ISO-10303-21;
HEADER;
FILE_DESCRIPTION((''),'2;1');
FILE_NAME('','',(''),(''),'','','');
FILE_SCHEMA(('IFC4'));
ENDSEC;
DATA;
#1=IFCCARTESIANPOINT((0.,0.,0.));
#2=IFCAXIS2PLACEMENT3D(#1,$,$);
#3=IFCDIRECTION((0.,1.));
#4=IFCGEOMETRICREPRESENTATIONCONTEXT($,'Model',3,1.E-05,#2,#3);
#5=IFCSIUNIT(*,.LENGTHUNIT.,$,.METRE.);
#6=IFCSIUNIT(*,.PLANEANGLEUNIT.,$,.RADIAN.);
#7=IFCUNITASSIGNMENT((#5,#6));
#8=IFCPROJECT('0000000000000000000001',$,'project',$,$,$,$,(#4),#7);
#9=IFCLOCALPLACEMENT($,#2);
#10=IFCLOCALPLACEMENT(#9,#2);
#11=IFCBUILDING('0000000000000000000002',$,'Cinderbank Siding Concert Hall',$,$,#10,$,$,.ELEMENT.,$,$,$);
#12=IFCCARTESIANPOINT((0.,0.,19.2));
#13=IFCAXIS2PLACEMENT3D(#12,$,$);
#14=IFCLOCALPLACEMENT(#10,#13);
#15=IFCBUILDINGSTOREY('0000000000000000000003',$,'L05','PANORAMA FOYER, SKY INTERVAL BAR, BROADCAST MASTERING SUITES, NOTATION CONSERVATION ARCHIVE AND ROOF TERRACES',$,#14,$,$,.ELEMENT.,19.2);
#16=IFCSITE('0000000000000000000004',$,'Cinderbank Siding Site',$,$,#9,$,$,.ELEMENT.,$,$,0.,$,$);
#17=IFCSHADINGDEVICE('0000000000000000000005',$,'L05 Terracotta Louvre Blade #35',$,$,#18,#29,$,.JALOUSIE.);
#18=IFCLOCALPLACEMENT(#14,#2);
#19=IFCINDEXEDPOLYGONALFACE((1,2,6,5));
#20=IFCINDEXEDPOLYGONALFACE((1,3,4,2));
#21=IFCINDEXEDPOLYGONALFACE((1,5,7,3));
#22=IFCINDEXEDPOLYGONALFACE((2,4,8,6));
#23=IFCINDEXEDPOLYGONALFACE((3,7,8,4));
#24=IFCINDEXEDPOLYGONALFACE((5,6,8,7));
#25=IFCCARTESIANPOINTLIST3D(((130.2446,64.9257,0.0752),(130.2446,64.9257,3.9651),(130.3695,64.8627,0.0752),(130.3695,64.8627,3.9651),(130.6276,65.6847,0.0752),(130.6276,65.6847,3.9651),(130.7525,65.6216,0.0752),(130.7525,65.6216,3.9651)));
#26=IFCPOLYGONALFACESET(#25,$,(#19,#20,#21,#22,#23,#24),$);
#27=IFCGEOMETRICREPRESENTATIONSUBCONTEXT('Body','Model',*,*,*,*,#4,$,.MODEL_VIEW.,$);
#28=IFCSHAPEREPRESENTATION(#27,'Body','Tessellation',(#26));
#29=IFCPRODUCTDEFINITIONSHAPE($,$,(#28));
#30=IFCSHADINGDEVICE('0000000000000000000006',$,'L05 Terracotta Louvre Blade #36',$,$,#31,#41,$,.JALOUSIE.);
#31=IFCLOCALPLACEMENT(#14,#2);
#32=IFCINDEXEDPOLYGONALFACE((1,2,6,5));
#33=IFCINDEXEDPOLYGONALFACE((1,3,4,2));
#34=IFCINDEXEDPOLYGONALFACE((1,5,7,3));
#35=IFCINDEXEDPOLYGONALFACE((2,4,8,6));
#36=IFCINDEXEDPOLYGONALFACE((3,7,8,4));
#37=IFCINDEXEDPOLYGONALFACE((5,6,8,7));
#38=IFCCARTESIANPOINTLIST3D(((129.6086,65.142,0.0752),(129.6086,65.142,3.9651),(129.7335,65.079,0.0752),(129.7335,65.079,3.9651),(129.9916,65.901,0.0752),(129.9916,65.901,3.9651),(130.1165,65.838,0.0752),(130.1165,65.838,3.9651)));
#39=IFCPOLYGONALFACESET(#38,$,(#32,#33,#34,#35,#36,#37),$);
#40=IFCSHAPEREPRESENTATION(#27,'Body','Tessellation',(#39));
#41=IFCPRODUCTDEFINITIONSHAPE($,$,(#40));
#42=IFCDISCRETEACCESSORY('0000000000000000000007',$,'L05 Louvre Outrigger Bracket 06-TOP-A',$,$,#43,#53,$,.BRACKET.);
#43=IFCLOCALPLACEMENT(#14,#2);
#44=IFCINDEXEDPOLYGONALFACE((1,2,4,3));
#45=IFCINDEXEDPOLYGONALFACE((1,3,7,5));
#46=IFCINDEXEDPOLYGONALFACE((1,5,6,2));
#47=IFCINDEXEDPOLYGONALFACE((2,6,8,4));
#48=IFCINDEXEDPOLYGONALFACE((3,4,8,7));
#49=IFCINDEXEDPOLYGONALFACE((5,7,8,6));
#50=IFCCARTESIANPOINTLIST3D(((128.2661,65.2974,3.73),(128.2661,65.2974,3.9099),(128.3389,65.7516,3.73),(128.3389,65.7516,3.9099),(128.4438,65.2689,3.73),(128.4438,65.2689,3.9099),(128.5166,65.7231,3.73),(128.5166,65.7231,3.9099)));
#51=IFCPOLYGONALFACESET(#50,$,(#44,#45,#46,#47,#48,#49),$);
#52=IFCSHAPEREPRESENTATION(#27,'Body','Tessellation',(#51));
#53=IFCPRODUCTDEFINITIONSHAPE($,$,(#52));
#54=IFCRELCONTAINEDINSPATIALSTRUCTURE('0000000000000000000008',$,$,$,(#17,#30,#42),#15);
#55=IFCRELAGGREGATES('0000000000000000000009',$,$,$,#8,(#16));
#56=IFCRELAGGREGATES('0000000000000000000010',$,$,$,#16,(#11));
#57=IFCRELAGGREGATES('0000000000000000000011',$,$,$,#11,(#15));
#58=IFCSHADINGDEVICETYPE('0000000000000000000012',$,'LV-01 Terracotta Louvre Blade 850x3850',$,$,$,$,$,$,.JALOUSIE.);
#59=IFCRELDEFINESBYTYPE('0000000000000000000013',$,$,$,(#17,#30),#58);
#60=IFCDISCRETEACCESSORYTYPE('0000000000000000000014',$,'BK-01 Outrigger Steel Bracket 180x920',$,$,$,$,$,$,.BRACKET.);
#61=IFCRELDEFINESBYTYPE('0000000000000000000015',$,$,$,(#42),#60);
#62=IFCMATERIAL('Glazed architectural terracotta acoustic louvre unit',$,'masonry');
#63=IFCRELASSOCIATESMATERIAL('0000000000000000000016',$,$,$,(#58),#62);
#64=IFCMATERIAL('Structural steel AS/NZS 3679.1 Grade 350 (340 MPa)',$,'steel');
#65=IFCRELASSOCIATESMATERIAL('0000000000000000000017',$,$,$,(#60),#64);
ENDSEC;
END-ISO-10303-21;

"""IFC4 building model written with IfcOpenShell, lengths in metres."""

from ifc_helpers import new_model, si_unit, direction, frame, origin, origin_2d, place, context, subcontext, project, spatial, rectangle, extrude, material, type_object, element, save


model = new_model("IFC4")

# Units and contexts
model_context = context("Model", 3, precision=1e-05, world=origin(), true_north=direction((0.0, 1.0)))
body_context = subcontext(model_context, "Body", "Model", "MODEL_VIEW")
ifc_project = project(units=[si_unit("LENGTHUNIT", "METRE"), si_unit("PLANEANGLEUNIT", "RADIAN")], contexts=[model_context])

# Site, building, storey
site_placement = place(None, origin())
site = spatial("IfcSite", under=ifc_project, at=site_placement, Name="Cinderbank Siding Site", CompositionType="ELEMENT", RefElevation=0.0)
building_placement = place(site_placement, origin())
building = spatial("IfcBuilding", under=site, at=building_placement, Name="Cinderbank Siding Concert Hall", CompositionType="ELEMENT")
storey_placement = place(building_placement, frame((0.0, 0.0, 19.2)))
storey = spatial("IfcBuildingStorey", under=building, at=storey_placement, Name="L05", Description="PANORAMA FOYER, SKY INTERVAL BAR, BROADCAST MASTERING SUITES, NOTATION CONSERVATION ARCHIVE AND ROOF TERRACES", CompositionType="ELEMENT", Elevation=19.2)

# Shared definitions
ifc_material_1 = material(Name="Structural steel AS/NZS 3679.1 Grade 350 (340 MPa)", Category="steel")

# Shading devices
ifc_material_2 = material(Name="Glazed architectural terracotta acoustic louvre unit", Category="masonry")
shading_device_type = type_object("IfcShadingDeviceType", Name="LV-01 Terracotta Louvre Blade 850x3850", PredefinedType="JALOUSIE", material=ifc_material_2)
for number, where, z_axis, x_axis, name in (
    (1, (130.4985, 65.2737, 0.0752), (0.0, 0.0, 1.0), (0.450487, 0.892783, 0.0), "L05 Terracotta Louvre Blade #35"),
    (2, (129.8625, 65.49, 0.0752), (0.0, 0.0, 1.0), (0.450487, 0.892783, 0.0), "L05 Terracotta Louvre Blade #36"),
):
    element("IfcShadingDevice", number, at=place(storey_placement, frame(where, z_axis=z_axis, x_axis=x_axis)), inside=storey, type_object=shading_device_type, Name=name, PredefinedType="JALOUSIE", context=body_context, shape_type="SweptSolid", body=[
        extrude(rectangle(XDim=0.8501, YDim=0.1399, at=origin_2d()), origin(), (0.0, 0.0, 1.0), 3.8899),
    ])

# Discrete accessory
discrete_accessory_type = type_object("IfcDiscreteAccessoryType", Name="BK-01 Outrigger Steel Bracket 180x920", PredefinedType="BRACKET", material=ifc_material_1)
discrete_accessory_placement = place(storey_placement, frame((128.3914, 65.5103, 3.73), z_axis=(0.0, 0.0, 1.0), x_axis=(0.158354, 0.987382, 0.0)))
element("IfcDiscreteAccessory", 3, at=discrete_accessory_placement, inside=storey, type_object=discrete_accessory_type, Name="L05 Louvre Outrigger Bracket 06-TOP-A", PredefinedType="BRACKET", context=body_context, shape_type="SweptSolid", body=[
    extrude(rectangle(XDim=0.46, YDim=0.1799, at=origin_2d()), origin(), (0.0, 0.0, 1.0), 0.1799),
])

save(model, "model.ifc")
